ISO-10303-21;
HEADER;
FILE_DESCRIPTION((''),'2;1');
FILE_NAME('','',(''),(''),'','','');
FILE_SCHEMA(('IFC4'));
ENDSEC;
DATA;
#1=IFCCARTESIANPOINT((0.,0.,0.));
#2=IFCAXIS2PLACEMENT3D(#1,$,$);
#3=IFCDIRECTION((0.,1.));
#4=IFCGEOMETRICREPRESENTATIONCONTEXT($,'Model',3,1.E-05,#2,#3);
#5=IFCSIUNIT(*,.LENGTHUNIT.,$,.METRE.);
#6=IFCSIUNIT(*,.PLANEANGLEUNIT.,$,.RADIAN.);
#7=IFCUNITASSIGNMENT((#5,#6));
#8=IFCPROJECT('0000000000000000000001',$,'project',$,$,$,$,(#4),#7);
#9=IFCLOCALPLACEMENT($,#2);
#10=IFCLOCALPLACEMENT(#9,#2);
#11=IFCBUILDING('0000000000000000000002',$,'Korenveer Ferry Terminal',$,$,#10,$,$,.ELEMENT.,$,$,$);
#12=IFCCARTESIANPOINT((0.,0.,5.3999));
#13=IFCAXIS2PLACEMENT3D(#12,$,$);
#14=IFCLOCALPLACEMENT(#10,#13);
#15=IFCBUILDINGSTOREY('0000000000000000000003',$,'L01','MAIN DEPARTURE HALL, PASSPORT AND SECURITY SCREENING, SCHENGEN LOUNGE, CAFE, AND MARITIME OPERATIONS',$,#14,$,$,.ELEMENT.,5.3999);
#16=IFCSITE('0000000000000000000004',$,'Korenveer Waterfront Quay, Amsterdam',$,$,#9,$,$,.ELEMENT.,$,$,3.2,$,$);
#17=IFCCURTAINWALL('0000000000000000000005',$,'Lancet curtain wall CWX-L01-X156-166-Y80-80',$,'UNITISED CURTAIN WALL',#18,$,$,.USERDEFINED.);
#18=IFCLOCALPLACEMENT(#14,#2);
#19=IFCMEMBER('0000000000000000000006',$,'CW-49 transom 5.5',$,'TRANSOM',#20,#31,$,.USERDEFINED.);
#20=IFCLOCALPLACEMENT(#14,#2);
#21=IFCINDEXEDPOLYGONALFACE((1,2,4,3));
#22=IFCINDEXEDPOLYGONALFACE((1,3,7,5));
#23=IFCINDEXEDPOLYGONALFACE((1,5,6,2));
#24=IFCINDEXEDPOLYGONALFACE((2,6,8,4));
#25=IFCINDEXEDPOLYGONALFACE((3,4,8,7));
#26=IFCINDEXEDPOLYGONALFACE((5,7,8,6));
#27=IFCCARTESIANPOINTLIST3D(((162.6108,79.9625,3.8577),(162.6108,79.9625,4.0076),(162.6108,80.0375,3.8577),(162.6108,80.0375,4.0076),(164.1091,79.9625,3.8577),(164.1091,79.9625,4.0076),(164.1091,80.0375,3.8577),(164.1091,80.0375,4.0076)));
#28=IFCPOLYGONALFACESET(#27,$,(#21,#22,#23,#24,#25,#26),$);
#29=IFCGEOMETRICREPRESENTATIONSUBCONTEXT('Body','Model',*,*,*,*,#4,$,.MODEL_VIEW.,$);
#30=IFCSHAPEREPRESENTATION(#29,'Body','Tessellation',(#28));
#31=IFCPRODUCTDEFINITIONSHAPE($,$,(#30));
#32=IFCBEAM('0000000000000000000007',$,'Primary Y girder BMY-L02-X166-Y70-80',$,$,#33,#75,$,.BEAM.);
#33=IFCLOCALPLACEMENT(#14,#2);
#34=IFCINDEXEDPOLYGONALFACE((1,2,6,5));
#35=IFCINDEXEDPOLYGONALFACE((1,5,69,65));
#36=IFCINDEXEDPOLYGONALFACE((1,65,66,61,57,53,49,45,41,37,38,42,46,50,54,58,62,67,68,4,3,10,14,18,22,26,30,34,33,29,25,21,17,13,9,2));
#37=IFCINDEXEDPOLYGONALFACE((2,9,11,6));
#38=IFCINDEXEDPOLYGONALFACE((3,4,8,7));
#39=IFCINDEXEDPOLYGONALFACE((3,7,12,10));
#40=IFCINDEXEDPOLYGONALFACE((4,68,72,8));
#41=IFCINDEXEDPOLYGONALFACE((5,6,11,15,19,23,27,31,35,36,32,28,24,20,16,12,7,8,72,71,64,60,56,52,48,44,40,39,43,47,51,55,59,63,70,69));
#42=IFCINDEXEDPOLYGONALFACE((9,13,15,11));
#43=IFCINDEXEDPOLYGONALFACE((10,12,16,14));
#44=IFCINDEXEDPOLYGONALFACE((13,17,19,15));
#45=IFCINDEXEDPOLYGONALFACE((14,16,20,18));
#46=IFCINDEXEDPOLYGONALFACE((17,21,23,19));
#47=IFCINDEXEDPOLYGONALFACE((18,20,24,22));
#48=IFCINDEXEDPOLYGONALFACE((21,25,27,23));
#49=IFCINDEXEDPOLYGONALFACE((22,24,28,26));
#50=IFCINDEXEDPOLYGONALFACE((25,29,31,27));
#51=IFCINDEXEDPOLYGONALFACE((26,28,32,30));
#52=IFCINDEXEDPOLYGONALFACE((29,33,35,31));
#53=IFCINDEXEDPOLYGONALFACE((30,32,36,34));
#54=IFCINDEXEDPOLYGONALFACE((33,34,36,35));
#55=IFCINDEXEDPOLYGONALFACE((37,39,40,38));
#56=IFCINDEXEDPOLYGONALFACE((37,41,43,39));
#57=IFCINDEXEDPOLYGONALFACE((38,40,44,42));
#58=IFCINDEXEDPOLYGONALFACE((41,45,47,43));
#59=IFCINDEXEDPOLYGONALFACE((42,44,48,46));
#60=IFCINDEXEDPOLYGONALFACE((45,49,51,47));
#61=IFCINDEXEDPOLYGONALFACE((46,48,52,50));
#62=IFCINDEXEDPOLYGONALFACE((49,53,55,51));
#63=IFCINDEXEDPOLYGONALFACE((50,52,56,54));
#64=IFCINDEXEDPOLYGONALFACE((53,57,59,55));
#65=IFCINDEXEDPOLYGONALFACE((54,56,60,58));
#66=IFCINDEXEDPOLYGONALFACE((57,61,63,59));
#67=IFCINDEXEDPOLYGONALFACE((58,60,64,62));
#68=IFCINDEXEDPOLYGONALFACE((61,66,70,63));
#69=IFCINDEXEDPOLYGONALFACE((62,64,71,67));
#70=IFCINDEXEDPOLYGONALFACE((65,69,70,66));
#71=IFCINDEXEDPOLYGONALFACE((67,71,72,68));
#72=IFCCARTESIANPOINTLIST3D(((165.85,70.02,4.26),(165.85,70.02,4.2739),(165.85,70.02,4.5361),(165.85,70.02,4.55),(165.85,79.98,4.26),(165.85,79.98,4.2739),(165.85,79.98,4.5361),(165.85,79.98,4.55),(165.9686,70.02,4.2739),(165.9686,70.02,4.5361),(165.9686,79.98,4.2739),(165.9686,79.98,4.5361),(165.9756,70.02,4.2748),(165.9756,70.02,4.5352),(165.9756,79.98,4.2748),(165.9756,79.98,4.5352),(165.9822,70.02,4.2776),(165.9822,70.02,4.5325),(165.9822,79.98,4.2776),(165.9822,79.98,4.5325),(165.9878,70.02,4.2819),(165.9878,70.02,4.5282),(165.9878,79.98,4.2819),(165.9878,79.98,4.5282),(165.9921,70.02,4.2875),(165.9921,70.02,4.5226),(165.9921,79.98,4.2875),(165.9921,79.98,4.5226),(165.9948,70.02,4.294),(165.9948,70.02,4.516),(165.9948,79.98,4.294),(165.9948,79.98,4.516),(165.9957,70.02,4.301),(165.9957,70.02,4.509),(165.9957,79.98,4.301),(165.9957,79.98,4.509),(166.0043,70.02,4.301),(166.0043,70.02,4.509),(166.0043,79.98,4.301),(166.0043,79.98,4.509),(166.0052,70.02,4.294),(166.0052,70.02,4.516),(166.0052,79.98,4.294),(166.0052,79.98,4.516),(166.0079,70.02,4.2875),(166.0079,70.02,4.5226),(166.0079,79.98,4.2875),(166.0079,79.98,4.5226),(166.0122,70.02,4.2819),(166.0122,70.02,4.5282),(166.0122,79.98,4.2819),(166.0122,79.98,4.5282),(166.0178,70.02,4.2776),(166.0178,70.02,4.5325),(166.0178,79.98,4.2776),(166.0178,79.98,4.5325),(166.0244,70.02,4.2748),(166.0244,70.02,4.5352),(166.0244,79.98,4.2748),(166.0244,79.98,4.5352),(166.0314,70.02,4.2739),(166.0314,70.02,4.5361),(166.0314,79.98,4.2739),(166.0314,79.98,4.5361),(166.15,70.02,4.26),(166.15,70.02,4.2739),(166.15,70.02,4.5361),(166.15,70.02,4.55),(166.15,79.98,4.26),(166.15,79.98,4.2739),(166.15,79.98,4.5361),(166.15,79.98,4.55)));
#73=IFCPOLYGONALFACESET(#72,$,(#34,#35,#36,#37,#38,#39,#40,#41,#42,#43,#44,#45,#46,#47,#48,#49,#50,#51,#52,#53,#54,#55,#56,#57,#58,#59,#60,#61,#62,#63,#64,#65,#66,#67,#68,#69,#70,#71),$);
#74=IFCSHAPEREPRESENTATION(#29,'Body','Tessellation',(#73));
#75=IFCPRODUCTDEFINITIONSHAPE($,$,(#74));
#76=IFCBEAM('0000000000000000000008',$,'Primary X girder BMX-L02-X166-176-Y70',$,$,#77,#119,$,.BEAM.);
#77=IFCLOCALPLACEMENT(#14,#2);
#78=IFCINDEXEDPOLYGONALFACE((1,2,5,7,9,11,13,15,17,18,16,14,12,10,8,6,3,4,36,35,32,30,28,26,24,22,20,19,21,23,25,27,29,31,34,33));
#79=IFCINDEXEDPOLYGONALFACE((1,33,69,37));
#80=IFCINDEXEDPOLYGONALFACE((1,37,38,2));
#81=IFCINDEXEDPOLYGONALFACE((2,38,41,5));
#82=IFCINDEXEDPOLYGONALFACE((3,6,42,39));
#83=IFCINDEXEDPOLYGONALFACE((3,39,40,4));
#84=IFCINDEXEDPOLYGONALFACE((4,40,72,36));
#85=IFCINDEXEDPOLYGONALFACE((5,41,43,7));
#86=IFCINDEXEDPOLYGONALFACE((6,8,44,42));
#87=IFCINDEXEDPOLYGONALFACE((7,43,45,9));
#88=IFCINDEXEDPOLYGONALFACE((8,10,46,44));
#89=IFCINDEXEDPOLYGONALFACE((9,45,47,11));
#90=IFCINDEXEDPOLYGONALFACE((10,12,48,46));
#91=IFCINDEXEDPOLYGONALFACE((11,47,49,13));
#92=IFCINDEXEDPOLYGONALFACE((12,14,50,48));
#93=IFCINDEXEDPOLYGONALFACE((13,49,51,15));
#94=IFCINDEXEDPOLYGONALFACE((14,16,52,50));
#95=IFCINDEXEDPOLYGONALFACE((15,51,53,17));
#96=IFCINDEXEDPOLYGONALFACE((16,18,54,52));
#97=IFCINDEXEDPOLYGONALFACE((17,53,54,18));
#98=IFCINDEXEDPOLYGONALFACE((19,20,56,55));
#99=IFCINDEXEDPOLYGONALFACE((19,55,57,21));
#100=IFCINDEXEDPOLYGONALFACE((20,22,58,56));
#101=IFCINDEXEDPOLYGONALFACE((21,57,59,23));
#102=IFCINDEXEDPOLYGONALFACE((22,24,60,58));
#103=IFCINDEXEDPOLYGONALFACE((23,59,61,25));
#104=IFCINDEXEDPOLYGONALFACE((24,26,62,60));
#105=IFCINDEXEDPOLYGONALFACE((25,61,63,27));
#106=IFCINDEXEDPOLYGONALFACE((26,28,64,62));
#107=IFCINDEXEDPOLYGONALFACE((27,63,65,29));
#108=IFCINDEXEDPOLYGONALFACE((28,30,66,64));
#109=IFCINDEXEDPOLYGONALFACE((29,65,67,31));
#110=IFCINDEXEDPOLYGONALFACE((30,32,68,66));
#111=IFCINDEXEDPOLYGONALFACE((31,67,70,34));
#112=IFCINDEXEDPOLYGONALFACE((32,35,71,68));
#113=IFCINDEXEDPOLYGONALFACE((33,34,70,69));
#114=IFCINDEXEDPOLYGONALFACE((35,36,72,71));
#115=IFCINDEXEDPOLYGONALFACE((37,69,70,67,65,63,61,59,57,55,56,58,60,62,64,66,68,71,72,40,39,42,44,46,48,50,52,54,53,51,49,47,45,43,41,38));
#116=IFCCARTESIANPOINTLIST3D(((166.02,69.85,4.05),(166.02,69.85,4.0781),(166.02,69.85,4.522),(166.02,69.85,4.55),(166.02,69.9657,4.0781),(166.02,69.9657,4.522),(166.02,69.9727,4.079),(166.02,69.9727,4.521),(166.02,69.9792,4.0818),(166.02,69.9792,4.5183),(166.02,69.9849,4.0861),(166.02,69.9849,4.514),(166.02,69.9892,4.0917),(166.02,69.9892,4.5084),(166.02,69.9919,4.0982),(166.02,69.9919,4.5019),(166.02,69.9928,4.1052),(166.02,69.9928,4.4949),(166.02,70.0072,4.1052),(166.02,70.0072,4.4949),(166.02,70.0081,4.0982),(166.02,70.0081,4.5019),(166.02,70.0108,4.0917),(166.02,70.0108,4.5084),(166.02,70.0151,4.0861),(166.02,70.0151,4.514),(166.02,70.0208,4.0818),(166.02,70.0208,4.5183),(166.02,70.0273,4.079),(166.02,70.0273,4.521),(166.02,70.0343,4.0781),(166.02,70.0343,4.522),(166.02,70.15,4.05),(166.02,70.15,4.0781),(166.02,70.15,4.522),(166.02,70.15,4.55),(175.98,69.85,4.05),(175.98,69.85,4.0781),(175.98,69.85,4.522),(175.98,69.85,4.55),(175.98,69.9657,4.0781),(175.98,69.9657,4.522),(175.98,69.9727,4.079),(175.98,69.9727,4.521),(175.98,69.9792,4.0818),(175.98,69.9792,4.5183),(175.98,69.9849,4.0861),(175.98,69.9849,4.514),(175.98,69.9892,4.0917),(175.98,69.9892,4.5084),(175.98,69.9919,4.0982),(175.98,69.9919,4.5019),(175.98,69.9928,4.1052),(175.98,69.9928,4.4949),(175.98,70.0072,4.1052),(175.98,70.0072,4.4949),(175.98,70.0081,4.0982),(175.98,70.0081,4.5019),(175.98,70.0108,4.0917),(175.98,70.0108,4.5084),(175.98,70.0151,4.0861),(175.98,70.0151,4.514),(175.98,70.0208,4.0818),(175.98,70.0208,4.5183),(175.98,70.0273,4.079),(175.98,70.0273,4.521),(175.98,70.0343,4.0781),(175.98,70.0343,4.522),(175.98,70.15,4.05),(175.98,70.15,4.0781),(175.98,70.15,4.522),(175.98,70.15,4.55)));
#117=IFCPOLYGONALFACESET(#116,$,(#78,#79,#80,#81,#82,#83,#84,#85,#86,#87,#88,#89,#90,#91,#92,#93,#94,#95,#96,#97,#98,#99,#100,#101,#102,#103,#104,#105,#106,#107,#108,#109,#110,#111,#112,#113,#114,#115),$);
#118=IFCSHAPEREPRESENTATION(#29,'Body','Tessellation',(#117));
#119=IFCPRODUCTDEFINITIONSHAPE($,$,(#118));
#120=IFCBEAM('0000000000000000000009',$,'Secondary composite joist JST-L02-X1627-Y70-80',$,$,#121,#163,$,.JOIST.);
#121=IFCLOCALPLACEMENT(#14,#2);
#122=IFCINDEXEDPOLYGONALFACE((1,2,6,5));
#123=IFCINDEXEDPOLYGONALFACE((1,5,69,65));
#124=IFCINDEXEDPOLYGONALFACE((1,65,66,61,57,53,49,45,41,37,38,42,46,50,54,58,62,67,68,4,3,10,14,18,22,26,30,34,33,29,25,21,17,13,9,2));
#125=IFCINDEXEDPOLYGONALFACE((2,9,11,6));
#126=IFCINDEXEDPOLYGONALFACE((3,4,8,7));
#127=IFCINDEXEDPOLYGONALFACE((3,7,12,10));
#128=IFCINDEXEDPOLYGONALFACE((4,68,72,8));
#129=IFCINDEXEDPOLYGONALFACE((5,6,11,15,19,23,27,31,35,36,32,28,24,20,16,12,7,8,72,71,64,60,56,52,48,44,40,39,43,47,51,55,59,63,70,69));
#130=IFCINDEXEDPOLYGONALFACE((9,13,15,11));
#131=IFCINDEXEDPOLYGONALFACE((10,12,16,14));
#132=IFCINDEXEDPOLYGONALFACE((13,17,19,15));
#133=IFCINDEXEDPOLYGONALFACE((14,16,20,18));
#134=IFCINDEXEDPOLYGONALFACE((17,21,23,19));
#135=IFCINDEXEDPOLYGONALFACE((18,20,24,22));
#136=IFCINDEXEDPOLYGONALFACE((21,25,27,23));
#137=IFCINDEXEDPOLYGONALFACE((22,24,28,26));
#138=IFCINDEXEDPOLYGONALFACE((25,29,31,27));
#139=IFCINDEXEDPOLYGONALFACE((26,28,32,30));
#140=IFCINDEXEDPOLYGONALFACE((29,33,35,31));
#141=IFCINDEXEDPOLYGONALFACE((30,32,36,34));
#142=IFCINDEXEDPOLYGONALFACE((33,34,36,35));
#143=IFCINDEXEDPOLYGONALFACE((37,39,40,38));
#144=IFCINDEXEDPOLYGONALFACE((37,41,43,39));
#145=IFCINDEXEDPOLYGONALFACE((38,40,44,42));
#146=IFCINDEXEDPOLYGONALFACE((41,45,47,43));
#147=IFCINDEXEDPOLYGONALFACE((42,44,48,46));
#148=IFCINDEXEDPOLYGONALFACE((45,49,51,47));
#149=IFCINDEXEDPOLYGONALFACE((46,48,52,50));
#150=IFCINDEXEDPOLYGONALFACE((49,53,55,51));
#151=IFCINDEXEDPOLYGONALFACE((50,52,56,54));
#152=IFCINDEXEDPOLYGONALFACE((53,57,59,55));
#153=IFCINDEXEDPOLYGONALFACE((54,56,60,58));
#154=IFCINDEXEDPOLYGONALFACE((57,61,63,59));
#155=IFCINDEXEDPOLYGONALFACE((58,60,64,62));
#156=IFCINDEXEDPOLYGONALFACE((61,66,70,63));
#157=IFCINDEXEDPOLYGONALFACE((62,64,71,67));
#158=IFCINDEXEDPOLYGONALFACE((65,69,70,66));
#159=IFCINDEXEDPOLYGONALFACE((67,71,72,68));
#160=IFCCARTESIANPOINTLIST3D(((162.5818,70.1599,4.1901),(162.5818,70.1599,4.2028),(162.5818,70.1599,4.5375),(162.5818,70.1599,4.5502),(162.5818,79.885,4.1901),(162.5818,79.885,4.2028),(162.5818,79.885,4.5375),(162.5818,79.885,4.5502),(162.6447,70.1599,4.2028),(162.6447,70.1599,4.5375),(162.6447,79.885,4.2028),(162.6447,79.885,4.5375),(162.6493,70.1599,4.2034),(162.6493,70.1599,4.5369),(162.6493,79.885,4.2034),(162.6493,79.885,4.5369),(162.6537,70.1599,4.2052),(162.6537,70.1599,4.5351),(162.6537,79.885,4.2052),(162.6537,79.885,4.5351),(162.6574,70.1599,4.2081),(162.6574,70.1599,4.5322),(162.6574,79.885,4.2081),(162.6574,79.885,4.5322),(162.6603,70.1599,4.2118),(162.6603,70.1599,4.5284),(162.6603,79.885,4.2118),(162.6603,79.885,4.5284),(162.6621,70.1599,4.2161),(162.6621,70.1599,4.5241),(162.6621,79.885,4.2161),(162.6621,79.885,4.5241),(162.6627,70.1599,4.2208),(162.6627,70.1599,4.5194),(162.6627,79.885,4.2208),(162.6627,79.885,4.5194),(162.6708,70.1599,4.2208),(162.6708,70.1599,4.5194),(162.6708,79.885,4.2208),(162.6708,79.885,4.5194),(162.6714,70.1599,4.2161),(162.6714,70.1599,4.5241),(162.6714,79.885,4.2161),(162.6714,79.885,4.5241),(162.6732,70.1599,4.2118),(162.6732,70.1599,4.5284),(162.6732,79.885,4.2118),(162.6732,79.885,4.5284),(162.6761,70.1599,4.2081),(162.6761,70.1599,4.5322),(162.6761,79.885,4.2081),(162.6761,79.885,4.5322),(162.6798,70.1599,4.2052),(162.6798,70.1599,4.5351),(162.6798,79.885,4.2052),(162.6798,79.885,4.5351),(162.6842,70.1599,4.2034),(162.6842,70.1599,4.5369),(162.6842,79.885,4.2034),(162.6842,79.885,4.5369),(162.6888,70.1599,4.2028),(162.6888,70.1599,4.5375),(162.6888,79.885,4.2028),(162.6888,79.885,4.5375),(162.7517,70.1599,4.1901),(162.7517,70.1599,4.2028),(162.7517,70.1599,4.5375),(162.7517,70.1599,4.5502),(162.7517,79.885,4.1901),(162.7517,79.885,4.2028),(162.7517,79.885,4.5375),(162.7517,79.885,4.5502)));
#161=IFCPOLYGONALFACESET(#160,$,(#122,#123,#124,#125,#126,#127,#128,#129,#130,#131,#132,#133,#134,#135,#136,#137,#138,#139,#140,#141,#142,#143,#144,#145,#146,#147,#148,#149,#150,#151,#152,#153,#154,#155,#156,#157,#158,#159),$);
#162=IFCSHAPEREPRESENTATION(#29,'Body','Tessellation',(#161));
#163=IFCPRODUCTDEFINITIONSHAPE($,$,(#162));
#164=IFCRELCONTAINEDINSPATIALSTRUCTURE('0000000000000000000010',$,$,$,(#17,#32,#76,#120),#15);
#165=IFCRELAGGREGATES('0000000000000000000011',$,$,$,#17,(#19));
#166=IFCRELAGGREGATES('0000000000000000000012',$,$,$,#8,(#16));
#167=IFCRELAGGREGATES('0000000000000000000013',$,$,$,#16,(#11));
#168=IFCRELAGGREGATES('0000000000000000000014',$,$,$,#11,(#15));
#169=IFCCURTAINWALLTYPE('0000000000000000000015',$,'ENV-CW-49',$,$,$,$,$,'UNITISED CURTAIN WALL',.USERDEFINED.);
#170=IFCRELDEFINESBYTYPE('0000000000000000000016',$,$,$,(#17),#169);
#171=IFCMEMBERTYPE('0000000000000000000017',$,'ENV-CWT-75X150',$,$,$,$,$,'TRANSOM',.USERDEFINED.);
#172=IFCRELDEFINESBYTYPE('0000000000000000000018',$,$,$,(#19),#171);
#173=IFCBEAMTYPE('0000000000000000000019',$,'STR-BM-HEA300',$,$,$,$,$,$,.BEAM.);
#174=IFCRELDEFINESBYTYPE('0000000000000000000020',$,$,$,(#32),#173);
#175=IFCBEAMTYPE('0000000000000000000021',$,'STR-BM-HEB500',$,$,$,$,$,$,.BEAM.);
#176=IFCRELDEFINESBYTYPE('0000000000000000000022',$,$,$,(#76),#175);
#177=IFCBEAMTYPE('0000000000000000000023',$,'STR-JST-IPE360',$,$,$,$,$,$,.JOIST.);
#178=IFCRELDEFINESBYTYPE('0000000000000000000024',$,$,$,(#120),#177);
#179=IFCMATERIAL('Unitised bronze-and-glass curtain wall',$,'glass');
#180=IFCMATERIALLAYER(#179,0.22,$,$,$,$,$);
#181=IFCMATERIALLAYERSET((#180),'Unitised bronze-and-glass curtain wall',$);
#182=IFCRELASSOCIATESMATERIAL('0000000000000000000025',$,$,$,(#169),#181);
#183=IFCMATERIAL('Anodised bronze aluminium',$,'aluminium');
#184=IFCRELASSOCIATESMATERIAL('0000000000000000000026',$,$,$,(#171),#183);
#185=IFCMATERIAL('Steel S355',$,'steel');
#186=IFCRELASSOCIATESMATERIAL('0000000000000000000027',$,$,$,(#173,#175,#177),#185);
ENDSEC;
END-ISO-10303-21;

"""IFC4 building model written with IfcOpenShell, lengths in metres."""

from ifc_helpers import new_model, si_unit, direction, frame, origin, origin_2d, place, context, subcontext, project, spatial, rectangle, i_section, extrude, material, layer, layer_set, material_profile, profile_set, type_object, element, aggregate, save


model = new_model("IFC4")

# Units and contexts
model_context = context("Model", 3, precision=1e-05, world=origin(), true_north=direction((0.0, 1.0)))
body_context = subcontext(model_context, "Body", "Model", "MODEL_VIEW")
ifc_project = project(units=[si_unit("LENGTHUNIT", "METRE"), si_unit("PLANEANGLEUNIT", "RADIAN")], contexts=[model_context])

# Site, building, storey
site_placement = place(None, origin())
site = spatial("IfcSite", under=ifc_project, at=site_placement, Name="Korenveer Waterfront Quay, Amsterdam", CompositionType="ELEMENT", RefElevation=3.2)
building_placement = place(site_placement, origin())
building = spatial("IfcBuilding", under=site, at=building_placement, Name="Korenveer Ferry Terminal", CompositionType="ELEMENT")
storey_placement = place(building_placement, frame((0.0, 0.0, 5.3999)))
storey = spatial("IfcBuildingStorey", under=building, at=storey_placement, Name="L01", Description="MAIN DEPARTURE HALL, PASSPORT AND SECURITY SCREENING, SCHENGEN LOUNGE, CAFE, AND MARITIME OPERATIONS", CompositionType="ELEMENT", Elevation=5.3999)

# Shared definitions
ifc_material_1 = material(Name="Unitised bronze-and-glass curtain wall", Category="glass")
ifc_material_2 = material(Name="Anodised bronze aluminium", Category="aluminium")

# Curtain wall, member
ifc_layer_1 = layer(ifc_material_1, 0.22)
ifc_layer_set_1 = layer_set([ifc_layer_1], Name="Unitised bronze-and-glass curtain wall")
curtain_wall_type_1 = type_object("IfcCurtainWallType", Name="ENV-CW-49", ElementType="UNITISED CURTAIN WALL", PredefinedType="USERDEFINED", material=ifc_layer_set_1)
curtain_wall_1_placement = place(storey_placement, frame((156.28, 80.0, 0.0)))
curtain_wall_1 = element("IfcCurtainWall", 1, at=curtain_wall_1_placement, inside=storey, type_object=curtain_wall_type_1, Name="Lancet curtain wall CWX-L01-X156-166-Y80-80", ObjectType="UNITISED CURTAIN WALL", PredefinedType="USERDEFINED")
ifc_material_profile_1 = material_profile(ifc_material_2, rectangle(XDim=0.075, YDim=0.1499, at=origin_2d()), Name="ALU 75x150")
ifc_profile_set_1 = profile_set([ifc_material_profile_1], Name="Anodised bronze aluminium")
member_type_1 = type_object("IfcMemberType", Name="ENV-CWT-75X150", ElementType="TRANSOM", PredefinedType="USERDEFINED", material=ifc_profile_set_1)
member_1_placement = place(storey_placement, frame((162.6108, 80.0, 3.9326), z_axis=(1.0, 0.0, 0.0), x_axis=(0.0, 1.0, 0.0)))
member_1 = element("IfcMember", 2, at=member_1_placement, type_object=member_type_1, Name="CW-49 transom 5.5", ObjectType="TRANSOM", PredefinedType="USERDEFINED", context=body_context, shape_type="SweptSolid", body=[
    extrude(rectangle(XDim=0.075, YDim=0.1499, at=origin_2d()), origin(), (0.0, 0.0, 1.0), 1.4983),
])

# Beams
ifc_material_3 = material(Name="Steel S355", Category="steel")
ifc_material_profile_2 = material_profile(ifc_material_3, i_section(OverallWidth=0.3, OverallDepth=0.29, WebThickness=0.0085, FlangeThickness=0.0139, FilletRadius=0.0271, at=origin_2d()), Name="HEA 300")
ifc_profile_set_2 = profile_set([ifc_material_profile_2], Name="Steel S355")
beam_type_1 = type_object("IfcBeamType", Name="STR-BM-HEA300", PredefinedType="BEAM", material=ifc_profile_set_2)
beam_1_placement = place(storey_placement, frame((166.0, 70.02, 4.405), z_axis=(0.0, 1.0, 0.0), x_axis=(-1.0, 0.0, 0.0)))
element("IfcBeam", 3, at=beam_1_placement, inside=storey, type_object=beam_type_1, Name="Primary Y girder BMY-L02-X166-Y70-80", PredefinedType="BEAM", context=body_context, shape_type="SweptSolid", body=[
    extrude(i_section(OverallWidth=0.3, OverallDepth=0.29, WebThickness=0.0085, FlangeThickness=0.0139, FilletRadius=0.0271, at=origin_2d()), origin(), (0.0, 0.0, 1.0), 9.96),
])
ifc_material_profile_3 = material_profile(ifc_material_3, i_section(OverallWidth=0.3, OverallDepth=0.5, WebThickness=0.0144, FlangeThickness=0.0281, FilletRadius=0.0271, at=origin_2d()), Name="HEB 500")
ifc_profile_set_3 = profile_set([ifc_material_profile_3], Name="Steel S355")
beam_type_2 = type_object("IfcBeamType", Name="STR-BM-HEB500", PredefinedType="BEAM", material=ifc_profile_set_3)
beam_2_placement = place(storey_placement, frame((166.02, 70.0, 4.3), z_axis=(1.0, 0.0, 0.0), x_axis=(0.0, 1.0, 0.0)))
element("IfcBeam", 4, at=beam_2_placement, inside=storey, type_object=beam_type_2, Name="Primary X girder BMX-L02-X166-176-Y70", PredefinedType="BEAM", context=body_context, shape_type="SweptSolid", body=[
    extrude(i_section(OverallWidth=0.3, OverallDepth=0.5, WebThickness=0.0144, FlangeThickness=0.0281, FilletRadius=0.0271, at=origin_2d()), origin(), (0.0, 0.0, 1.0), 9.96),
])
ifc_material_profile_4 = material_profile(ifc_material_3, i_section(OverallWidth=0.1699, OverallDepth=0.3601, WebThickness=0.0081, FlangeThickness=0.0127, FilletRadius=0.0181, at=origin_2d()), Name="IPE 360")
ifc_profile_set_4 = profile_set([ifc_material_profile_4], Name="Steel S355")
beam_type_3 = type_object("IfcBeamType", Name="STR-JST-IPE360", PredefinedType="JOIST", material=ifc_profile_set_4)
for number, where, z_axis, x_axis, name in (
    (5, (162.6667, 70.1599, 4.3701), (0.0, 1.0, 0.0), (-1.0, 0.0, 0.0), "Secondary composite joist JST-L02-X1627-Y70-80"),
):
    element("IfcBeam", number, at=place(storey_placement, frame(where, z_axis=z_axis, x_axis=x_axis)), inside=storey, type_object=beam_type_3, Name=name, PredefinedType="JOIST", context=body_context, shape_type="SweptSolid", body=[
        extrude(i_section(OverallWidth=0.1699, OverallDepth=0.3601, WebThickness=0.0081, FlangeThickness=0.0127, FilletRadius=0.0181, at=origin_2d()), origin(), (0.0, 0.0, 1.0), 9.7251),
    ])

aggregate(curtain_wall_1, [member_1])

save(model, "model.ifc")
